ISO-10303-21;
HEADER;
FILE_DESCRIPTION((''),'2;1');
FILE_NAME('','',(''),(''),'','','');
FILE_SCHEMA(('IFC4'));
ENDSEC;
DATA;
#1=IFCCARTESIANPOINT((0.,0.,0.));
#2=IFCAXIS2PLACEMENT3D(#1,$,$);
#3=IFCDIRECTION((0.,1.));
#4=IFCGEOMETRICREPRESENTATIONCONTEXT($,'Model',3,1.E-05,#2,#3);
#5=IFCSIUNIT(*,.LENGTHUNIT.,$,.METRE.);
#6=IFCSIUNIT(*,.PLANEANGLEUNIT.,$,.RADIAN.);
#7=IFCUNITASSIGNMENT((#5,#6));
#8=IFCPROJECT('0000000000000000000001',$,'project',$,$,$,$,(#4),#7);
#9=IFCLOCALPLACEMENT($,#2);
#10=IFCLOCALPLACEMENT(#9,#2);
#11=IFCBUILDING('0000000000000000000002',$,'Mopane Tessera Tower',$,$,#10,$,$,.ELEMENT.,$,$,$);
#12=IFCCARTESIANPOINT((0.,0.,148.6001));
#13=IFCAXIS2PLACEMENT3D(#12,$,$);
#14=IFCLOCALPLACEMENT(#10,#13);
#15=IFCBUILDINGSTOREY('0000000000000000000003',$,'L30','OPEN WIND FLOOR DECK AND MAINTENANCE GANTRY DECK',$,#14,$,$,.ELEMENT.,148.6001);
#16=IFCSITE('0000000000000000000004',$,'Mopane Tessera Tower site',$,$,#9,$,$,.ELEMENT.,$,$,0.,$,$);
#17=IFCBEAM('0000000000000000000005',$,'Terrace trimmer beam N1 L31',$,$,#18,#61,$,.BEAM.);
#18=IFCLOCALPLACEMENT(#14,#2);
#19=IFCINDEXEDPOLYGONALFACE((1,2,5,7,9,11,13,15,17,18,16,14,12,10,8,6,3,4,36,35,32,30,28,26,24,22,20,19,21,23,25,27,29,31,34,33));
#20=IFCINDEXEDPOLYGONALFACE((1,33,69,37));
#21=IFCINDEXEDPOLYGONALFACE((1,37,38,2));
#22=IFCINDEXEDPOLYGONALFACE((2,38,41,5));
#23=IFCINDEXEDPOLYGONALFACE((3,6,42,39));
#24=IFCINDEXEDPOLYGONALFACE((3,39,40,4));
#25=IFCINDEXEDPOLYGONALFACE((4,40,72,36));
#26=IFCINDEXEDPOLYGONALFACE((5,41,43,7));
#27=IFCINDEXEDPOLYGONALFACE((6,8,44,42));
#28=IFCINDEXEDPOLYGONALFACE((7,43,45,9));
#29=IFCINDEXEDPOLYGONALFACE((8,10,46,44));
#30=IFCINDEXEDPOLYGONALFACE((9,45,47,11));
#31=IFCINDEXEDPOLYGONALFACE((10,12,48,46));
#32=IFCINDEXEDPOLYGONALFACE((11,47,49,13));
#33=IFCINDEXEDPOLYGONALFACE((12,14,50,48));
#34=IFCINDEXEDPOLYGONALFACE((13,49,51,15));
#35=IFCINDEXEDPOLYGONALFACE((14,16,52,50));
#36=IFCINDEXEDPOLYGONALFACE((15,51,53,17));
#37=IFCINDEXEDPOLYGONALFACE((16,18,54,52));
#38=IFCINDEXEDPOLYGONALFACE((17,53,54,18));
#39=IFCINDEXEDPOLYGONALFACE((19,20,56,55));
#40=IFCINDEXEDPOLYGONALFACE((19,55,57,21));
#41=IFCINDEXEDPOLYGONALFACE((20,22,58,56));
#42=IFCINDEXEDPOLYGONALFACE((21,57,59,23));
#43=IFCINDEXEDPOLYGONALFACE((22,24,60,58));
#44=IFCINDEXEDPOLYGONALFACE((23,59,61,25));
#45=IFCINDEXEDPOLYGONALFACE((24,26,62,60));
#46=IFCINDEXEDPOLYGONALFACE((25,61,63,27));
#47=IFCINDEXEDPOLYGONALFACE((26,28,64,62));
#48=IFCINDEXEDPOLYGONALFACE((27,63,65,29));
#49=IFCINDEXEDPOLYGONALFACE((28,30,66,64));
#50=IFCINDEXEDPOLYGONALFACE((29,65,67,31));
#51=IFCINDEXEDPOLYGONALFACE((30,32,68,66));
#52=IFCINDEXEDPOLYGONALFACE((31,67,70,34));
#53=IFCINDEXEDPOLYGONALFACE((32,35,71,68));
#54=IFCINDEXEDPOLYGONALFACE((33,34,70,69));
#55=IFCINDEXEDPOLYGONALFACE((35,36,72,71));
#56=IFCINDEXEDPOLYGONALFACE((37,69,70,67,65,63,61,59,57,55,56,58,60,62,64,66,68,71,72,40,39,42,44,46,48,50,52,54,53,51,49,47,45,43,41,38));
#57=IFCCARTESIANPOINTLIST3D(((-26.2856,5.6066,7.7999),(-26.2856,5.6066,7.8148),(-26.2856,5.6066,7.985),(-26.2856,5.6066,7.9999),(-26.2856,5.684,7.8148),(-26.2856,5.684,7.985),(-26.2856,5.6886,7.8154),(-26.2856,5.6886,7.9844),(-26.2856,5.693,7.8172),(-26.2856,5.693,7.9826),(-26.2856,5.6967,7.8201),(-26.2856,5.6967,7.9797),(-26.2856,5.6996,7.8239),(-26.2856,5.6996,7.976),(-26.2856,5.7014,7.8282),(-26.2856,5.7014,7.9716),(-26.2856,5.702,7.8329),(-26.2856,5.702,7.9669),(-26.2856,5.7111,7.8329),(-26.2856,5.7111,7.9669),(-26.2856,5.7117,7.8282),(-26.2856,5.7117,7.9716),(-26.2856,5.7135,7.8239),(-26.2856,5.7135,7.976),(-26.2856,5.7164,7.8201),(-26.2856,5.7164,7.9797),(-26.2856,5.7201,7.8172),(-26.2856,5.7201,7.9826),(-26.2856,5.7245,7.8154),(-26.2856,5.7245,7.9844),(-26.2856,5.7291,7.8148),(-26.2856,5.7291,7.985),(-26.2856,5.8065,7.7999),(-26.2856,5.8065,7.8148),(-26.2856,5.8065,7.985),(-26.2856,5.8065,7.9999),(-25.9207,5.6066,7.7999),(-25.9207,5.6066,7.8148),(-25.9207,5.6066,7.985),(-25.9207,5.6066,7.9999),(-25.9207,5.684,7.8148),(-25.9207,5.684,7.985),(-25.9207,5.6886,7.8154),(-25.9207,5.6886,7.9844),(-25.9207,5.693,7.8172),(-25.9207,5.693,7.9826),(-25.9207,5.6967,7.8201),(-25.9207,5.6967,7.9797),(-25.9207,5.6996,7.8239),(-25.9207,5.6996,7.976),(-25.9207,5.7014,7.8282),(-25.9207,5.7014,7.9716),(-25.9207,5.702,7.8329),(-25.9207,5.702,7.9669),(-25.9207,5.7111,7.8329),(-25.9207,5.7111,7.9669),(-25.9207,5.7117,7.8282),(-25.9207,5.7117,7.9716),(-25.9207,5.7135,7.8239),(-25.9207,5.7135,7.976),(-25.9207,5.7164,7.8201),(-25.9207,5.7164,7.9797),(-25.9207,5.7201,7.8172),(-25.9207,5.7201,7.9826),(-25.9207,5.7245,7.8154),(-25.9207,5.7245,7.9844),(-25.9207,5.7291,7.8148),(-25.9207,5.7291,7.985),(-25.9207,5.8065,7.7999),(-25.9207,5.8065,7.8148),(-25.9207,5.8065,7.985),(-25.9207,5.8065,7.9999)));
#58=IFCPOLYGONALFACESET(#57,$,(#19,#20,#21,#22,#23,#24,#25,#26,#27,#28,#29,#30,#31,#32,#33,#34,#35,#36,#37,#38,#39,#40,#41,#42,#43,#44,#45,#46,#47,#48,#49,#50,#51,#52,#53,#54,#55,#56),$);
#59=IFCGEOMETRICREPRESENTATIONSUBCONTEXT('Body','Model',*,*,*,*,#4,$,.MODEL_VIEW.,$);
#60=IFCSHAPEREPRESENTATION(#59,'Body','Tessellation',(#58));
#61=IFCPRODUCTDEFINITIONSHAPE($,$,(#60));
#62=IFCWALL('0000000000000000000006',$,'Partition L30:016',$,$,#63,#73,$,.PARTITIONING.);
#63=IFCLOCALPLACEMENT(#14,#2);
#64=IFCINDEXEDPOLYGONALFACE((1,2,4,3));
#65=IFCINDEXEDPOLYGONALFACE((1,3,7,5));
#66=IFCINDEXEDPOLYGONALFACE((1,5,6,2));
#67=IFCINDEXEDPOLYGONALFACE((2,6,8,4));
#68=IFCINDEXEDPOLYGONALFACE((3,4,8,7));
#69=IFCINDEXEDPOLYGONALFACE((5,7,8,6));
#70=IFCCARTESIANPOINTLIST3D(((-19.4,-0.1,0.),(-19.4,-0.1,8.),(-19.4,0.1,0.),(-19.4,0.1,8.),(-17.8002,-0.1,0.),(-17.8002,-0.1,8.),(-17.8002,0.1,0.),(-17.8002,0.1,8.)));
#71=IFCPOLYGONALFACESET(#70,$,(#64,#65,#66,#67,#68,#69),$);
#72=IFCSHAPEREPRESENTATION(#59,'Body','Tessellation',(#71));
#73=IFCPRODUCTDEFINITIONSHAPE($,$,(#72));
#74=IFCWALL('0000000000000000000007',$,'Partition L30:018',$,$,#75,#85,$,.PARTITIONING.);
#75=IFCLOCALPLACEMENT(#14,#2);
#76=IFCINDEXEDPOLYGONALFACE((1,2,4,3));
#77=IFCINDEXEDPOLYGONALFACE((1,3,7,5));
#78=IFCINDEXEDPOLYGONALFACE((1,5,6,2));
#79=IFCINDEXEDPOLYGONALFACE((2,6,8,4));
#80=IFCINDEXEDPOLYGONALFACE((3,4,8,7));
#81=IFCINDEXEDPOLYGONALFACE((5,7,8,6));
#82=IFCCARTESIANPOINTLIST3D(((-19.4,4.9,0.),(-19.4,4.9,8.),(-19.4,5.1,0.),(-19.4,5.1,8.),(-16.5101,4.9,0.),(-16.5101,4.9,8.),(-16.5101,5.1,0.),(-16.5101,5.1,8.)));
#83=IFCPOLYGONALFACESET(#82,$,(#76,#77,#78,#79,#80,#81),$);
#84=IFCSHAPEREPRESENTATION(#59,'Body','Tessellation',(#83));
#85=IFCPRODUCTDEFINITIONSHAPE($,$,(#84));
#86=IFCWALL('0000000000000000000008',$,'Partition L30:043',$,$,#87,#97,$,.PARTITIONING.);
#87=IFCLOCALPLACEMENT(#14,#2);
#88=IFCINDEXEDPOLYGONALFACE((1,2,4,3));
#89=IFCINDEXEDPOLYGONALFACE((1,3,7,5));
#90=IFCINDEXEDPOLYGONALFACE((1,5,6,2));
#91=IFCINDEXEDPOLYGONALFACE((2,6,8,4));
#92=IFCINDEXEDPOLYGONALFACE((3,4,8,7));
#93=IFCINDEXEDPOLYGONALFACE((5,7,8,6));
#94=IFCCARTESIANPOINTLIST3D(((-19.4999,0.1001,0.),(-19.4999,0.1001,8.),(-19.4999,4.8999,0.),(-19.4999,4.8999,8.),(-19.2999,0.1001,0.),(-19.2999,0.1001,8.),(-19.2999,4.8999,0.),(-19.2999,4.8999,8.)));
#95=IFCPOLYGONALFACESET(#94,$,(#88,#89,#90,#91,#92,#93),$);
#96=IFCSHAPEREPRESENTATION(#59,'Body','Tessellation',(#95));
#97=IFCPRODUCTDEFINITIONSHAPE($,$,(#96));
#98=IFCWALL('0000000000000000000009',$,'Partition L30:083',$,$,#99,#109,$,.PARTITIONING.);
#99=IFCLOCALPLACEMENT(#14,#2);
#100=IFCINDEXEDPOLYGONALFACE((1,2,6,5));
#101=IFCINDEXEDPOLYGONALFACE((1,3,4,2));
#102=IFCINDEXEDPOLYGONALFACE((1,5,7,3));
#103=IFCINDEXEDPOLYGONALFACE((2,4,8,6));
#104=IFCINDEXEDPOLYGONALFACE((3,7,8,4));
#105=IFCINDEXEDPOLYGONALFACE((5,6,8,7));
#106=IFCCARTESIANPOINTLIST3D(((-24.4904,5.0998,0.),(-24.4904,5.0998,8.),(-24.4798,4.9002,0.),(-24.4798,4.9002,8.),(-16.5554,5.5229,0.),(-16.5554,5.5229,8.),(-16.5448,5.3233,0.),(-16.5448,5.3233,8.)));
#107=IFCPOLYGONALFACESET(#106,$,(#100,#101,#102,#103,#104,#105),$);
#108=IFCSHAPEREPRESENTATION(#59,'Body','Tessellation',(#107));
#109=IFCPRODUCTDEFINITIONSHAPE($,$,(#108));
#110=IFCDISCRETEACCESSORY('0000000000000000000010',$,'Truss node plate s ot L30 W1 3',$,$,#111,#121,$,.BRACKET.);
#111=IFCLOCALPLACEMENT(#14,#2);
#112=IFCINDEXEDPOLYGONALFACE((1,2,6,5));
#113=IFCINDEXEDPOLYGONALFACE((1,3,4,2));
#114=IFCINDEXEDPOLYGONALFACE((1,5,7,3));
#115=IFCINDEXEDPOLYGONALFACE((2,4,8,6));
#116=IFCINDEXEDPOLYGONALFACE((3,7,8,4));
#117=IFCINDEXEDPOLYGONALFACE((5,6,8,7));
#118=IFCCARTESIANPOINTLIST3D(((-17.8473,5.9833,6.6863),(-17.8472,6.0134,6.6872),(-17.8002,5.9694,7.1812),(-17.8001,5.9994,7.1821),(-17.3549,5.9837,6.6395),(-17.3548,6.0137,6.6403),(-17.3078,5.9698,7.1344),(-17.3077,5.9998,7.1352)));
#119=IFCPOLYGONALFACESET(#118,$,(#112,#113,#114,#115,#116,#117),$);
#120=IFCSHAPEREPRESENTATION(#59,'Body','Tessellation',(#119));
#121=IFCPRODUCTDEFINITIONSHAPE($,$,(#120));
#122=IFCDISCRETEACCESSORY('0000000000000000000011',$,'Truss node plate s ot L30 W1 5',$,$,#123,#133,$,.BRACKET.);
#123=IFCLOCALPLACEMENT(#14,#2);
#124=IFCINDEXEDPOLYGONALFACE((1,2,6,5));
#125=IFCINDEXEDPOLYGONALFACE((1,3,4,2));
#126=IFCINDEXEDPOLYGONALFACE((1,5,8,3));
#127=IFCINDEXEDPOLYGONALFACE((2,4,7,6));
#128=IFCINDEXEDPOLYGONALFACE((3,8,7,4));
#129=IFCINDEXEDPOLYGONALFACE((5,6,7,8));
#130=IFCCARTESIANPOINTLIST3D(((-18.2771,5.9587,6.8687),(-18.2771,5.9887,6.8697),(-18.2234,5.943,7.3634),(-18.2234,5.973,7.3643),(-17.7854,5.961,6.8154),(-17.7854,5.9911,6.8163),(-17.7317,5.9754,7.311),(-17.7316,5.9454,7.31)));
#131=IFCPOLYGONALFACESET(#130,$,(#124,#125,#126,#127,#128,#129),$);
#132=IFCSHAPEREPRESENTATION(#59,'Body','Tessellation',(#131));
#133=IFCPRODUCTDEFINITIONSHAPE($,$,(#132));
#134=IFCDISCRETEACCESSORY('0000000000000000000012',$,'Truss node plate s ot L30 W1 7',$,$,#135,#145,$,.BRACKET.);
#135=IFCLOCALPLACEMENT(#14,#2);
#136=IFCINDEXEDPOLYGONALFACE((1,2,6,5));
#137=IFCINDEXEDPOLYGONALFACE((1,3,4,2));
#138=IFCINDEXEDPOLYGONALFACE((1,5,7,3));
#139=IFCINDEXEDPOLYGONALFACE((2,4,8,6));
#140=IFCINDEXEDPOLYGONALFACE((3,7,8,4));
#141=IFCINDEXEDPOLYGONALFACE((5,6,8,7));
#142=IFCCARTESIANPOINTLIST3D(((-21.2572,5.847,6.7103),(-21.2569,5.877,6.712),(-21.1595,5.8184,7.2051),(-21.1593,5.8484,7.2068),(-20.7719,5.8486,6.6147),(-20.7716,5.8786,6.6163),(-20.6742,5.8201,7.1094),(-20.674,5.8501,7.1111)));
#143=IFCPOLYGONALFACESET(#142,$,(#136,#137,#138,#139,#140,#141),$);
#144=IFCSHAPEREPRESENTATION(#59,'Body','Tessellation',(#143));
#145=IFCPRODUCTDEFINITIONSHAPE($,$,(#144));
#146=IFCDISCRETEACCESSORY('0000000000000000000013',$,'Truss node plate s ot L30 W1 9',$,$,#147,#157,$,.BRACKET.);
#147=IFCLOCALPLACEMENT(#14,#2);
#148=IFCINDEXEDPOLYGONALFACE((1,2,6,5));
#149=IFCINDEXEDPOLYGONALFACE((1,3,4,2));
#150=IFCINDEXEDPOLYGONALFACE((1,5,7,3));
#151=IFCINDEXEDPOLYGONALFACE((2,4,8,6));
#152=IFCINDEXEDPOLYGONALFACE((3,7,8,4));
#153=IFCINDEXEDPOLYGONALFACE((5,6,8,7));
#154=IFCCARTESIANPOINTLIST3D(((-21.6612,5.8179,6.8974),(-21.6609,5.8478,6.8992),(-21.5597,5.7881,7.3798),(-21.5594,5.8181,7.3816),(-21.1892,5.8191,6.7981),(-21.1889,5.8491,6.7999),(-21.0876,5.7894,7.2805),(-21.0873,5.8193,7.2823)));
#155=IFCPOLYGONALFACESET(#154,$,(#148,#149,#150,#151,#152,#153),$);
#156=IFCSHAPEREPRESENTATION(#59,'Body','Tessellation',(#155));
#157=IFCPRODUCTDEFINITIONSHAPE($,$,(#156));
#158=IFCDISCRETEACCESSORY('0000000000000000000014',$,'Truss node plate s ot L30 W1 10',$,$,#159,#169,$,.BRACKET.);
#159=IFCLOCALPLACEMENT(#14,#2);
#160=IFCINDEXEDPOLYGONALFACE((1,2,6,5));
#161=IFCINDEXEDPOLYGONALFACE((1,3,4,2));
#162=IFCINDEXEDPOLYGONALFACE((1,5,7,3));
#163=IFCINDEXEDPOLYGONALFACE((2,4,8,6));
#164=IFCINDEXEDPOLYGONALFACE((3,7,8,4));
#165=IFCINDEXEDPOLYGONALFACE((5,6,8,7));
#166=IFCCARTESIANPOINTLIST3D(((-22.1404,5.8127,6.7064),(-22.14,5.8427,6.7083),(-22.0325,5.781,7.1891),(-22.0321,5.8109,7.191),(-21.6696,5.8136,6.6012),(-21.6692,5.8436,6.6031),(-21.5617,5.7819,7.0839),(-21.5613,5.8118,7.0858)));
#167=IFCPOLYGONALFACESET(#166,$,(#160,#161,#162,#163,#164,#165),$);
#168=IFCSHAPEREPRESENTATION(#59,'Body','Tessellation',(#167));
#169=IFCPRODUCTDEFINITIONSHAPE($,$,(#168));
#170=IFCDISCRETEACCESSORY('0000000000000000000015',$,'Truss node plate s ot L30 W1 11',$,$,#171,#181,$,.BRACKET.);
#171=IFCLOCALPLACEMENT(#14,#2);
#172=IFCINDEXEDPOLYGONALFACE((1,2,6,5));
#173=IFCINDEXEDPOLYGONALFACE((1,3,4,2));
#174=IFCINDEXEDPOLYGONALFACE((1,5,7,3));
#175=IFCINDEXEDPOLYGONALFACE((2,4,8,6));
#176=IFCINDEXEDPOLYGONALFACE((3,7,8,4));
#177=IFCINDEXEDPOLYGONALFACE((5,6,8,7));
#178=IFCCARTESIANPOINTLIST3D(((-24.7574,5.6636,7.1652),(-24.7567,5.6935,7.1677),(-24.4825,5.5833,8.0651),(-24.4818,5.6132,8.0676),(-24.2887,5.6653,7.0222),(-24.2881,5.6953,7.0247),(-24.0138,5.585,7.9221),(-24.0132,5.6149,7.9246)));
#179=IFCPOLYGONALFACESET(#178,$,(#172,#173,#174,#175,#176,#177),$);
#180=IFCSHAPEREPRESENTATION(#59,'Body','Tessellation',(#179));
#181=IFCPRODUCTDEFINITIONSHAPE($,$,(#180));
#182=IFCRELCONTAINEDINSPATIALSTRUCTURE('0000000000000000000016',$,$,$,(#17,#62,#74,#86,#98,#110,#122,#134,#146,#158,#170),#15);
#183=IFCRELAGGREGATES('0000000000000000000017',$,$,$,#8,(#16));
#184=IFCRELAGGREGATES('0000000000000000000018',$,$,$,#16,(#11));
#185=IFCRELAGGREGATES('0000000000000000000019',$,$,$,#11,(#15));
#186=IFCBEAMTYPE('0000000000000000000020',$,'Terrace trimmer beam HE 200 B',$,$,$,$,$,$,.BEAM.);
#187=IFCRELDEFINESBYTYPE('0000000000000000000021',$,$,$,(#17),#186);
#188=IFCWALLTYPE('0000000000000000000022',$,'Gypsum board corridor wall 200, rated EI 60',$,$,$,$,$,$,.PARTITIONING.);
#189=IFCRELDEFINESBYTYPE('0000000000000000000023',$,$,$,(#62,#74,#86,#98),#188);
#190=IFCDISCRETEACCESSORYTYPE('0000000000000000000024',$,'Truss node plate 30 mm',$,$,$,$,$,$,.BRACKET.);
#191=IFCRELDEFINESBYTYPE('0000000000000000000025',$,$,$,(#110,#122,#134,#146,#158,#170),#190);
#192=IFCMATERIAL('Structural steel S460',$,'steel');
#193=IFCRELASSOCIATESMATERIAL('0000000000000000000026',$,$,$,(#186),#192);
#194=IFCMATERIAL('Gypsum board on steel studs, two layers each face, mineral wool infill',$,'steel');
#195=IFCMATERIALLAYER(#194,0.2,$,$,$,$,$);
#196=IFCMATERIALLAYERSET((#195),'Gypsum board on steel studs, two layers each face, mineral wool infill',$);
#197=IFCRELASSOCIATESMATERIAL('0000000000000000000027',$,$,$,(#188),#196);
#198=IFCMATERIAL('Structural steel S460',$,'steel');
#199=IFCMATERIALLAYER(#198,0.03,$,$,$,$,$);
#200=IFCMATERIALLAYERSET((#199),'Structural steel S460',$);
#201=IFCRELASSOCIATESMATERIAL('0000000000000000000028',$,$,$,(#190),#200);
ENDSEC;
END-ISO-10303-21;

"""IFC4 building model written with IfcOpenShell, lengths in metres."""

from ifc_helpers import new_model, si_unit, direction, frame, frame_2d, origin, origin_2d, place, context, subcontext, project, spatial, rectangle, i_section, extrude, material, layer, layer_set, material_profile, profile_set, type_object, element, save


model = new_model("IFC4")

# Units and contexts
model_context = context("Model", 3, precision=1e-05, world=origin(), true_north=direction((0.0, 1.0)))
body_context = subcontext(model_context, "Body", "Model", "MODEL_VIEW")
ifc_project = project(units=[si_unit("LENGTHUNIT", "METRE"), si_unit("PLANEANGLEUNIT", "RADIAN")], contexts=[model_context])

# Site, building, storey
site_placement = place(None, origin())
site = spatial("IfcSite", under=ifc_project, at=site_placement, Name="Mopane Tessera Tower site", CompositionType="ELEMENT", RefElevation=0.0)
building_placement = place(site_placement, origin())
building = spatial("IfcBuilding", under=site, at=building_placement, Name="Mopane Tessera Tower", CompositionType="ELEMENT")
storey_placement = place(building_placement, frame((0.0, 0.0, 148.6001)))
storey = spatial("IfcBuildingStorey", under=building, at=storey_placement, Name="L30", Description="OPEN WIND FLOOR DECK AND MAINTENANCE GANTRY DECK", CompositionType="ELEMENT", Elevation=148.6001)

# Beam
ifc_material_1 = material(Name="Structural steel S460", Category="steel")
ifc_material_profile_1 = material_profile(ifc_material_1, i_section(OverallWidth=0.2, OverallDepth=0.2, WebThickness=0.009, FlangeThickness=0.0149, FilletRadius=0.0181, at=origin_2d()))
ifc_profile_set_1 = profile_set([ifc_material_profile_1], Name="Structural steel S460")
beam_type = type_object("IfcBeamType", Name="Terrace trimmer beam HE 200 B", PredefinedType="BEAM", material=ifc_profile_set_1)
beam_placement = place(storey_placement, frame((-25.9207, 5.7065, 7.8999), z_axis=(-1.0, 0.0, 0.0), x_axis=(0.0, -1.0, 0.0)))
element("IfcBeam", 1, at=beam_placement, inside=storey, type_object=beam_type, Name="Terrace trimmer beam N1 L31", PredefinedType="BEAM", context=body_context, shape_type="SweptSolid", body=[
    extrude(i_section(OverallWidth=0.2, OverallDepth=0.2, WebThickness=0.009, FlangeThickness=0.0149, FilletRadius=0.0181, at=origin_2d()), origin(), (0.0, 0.0, 1.0), 0.365),
])

# Walls
ifc_material_2 = material(Name="Gypsum board on steel studs, two layers each face, mineral wool infill", Category="steel")
ifc_layer_1 = layer(ifc_material_2, 0.2)
ifc_layer_set_1 = layer_set([ifc_layer_1], Name="Gypsum board on steel studs, two layers each face, mineral wool infill")
wall_type = type_object("IfcWallType", Name="Gypsum board corridor wall 200, rated EI 60", PredefinedType="PARTITIONING", material=ifc_layer_set_1)
wall_1_placement = place(storey_placement, frame((-19.3999, 0.0, 0.0), z_axis=(0.0, 0.0, 1.0), x_axis=(1.0, 0.0, 0.0)))
element("IfcWall", 2, at=wall_1_placement, inside=storey, type_object=wall_type, Name="Partition L30:016", PredefinedType="PARTITIONING", context=body_context, shape_type="SweptSolid", body=[
    extrude(rectangle(XDim=1.5999, YDim=0.2, at=frame_2d((0.7998, 0.0))), origin(), (0.0, 0.0, 1.0), 8.0),
])
wall_2_placement = place(storey_placement, frame((-19.3999, 5.0, 0.0), z_axis=(0.0, 0.0, 1.0), x_axis=(1.0, 0.0, 0.0)))
element("IfcWall", 3, at=wall_2_placement, inside=storey, type_object=wall_type, Name="Partition L30:018", PredefinedType="PARTITIONING", context=body_context, shape_type="SweptSolid", body=[
    extrude(rectangle(XDim=2.8899, YDim=0.2, at=frame_2d((1.4448, 0.0))), origin(), (0.0, 0.0, 1.0), 8.0),
])
wall_3_placement = place(storey_placement, frame((-19.3999, 0.1001, 0.0), z_axis=(0.0, 0.0, 1.0), x_axis=(0.0, 1.0, 0.0)))
element("IfcWall", 4, at=wall_3_placement, inside=storey, type_object=wall_type, Name="Partition L30:043", PredefinedType="PARTITIONING", context=body_context, shape_type="SweptSolid", body=[
    extrude(rectangle(XDim=4.7998, YDim=0.2, at=frame_2d((2.3999, 0.0))), origin(), (0.0, 0.0, 1.0), 8.0),
])
wall_4_placement = place(storey_placement, frame((-24.4851, 5.0, 0.0), z_axis=(0.0, 0.0, 1.0), x_axis=(0.998582, 0.053244, 0.0)))
element("IfcWall", 5, at=wall_4_placement, inside=storey, type_object=wall_type, Name="Partition L30:083", PredefinedType="PARTITIONING", context=body_context, shape_type="SweptSolid", body=[
    extrude(rectangle(XDim=7.9463, YDim=0.2, at=frame_2d((3.9731, 0.0))), origin(), (0.0, 0.0, 1.0), 8.0),
])

# Discrete accessories
ifc_material_3 = material(Name="Structural steel S460", Category="steel")
ifc_layer_2 = layer(ifc_material_3, 0.03)
ifc_layer_set_2 = layer_set([ifc_layer_2], Name="Structural steel S460")
discrete_accessory_type = type_object("IfcDiscreteAccessoryType", Name="Truss node plate 30 mm", PredefinedType="BRACKET", material=ifc_layer_set_2)
discrete_accessory_1_placement = place(storey_placement, frame((-17.6011, 5.9985, 6.6633), z_axis=(0.094749, -0.027983, 0.995108), x_axis=(-0.001872, -0.999608, -0.027931)))
element("IfcDiscreteAccessory", 6, at=discrete_accessory_1_placement, inside=storey, type_object=discrete_accessory_type, Name="Truss node plate s ot L30 W1 3", PredefinedType="BRACKET", context=body_context, shape_type="SweptSolid", body=[
    extrude(rectangle(XDim=0.03, YDim=0.4946, at=origin_2d()), origin(), (0.0, 0.0, 1.0), 0.4973),
])
discrete_accessory_2_placement = place(storey_placement, frame((-18.0312, 5.9749, 6.8425), z_axis=(0.107901, -0.031389, 0.993666), x_axis=(0.001417, -0.999496, -0.031727)))
element("IfcDiscreteAccessory", 7, at=discrete_accessory_2_placement, inside=storey, type_object=discrete_accessory_type, Name="Truss node plate s ot L30 W1 5", PredefinedType="BRACKET", context=body_context, shape_type="SweptSolid", body=[
    extrude(rectangle(XDim=0.03, YDim=0.4946, at=origin_2d()), origin(), (0.0, 0.0, 1.0), 0.4978),
])
discrete_accessory_3_placement = place(storey_placement, frame((-21.0144, 5.8628, 6.6633), z_axis=(0.193293, -0.056538, 0.979511), x_axis=(-0.007652, -0.998395, -0.056118)))
element("IfcDiscreteAccessory", 8, at=discrete_accessory_3_placement, inside=storey, type_object=discrete_accessory_type, Name="Truss node plate s ot L30 W1 7", PredefinedType="BRACKET", context=body_context, shape_type="SweptSolid", body=[
    extrude(rectangle(XDim=0.03, YDim=0.4946, at=origin_2d()), origin(), (0.0, 0.0, 1.0), 0.5051),
])
discrete_accessory_4_placement = place(storey_placement, frame((-21.425, 5.8335, 6.8486), z_axis=(0.205636, -0.060307, 0.976769), x_axis=(-0.009834, -0.998176, -0.059558)))
element("IfcDiscreteAccessory", 9, at=discrete_accessory_4_placement, inside=storey, type_object=discrete_accessory_type, Name="Truss node plate s ot L30 W1 9", PredefinedType="BRACKET", context=body_context, shape_type="SweptSolid", body=[
    extrude(rectangle(XDim=0.03, YDim=0.4824, at=origin_2d()), origin(), (0.0, 0.0, 1.0), 0.4939),
])
discrete_accessory_5_placement = place(storey_placement, frame((-21.9048, 5.8281, 6.6548), z_axis=(0.217737, -0.06404, 0.973904), x_axis=(-0.01214, -0.997946, -0.062907)))
element("IfcDiscreteAccessory", 10, at=discrete_accessory_5_placement, inside=storey, type_object=discrete_accessory_type, Name="Truss node plate s ot L30 W1 10", PredefinedType="BRACKET", context=body_context, shape_type="SweptSolid", body=[
    extrude(rectangle(XDim=0.03, YDim=0.4824, at=origin_2d()), origin(), (0.0, 0.0, 1.0), 0.4956),
])
discrete_accessory_6_placement = place(storey_placement, frame((-24.5227, 5.6794, 7.095), z_axis=(0.291094, -0.085053, 0.952906), x_axis=(-0.021463, -0.99637, -0.082376)))
element("IfcDiscreteAccessory", 11, at=discrete_accessory_6_placement, inside=storey, type_object=discrete_accessory_type, Name="Truss node plate s ot L30 W1 11", PredefinedType="BRACKET", context=body_context, shape_type="SweptSolid", body=[
    extrude(rectangle(XDim=0.03, YDim=0.49, at=origin_2d()), origin(), (0.0, 0.0, 1.0), 0.9443),
])

save(model, "model.ifc")
